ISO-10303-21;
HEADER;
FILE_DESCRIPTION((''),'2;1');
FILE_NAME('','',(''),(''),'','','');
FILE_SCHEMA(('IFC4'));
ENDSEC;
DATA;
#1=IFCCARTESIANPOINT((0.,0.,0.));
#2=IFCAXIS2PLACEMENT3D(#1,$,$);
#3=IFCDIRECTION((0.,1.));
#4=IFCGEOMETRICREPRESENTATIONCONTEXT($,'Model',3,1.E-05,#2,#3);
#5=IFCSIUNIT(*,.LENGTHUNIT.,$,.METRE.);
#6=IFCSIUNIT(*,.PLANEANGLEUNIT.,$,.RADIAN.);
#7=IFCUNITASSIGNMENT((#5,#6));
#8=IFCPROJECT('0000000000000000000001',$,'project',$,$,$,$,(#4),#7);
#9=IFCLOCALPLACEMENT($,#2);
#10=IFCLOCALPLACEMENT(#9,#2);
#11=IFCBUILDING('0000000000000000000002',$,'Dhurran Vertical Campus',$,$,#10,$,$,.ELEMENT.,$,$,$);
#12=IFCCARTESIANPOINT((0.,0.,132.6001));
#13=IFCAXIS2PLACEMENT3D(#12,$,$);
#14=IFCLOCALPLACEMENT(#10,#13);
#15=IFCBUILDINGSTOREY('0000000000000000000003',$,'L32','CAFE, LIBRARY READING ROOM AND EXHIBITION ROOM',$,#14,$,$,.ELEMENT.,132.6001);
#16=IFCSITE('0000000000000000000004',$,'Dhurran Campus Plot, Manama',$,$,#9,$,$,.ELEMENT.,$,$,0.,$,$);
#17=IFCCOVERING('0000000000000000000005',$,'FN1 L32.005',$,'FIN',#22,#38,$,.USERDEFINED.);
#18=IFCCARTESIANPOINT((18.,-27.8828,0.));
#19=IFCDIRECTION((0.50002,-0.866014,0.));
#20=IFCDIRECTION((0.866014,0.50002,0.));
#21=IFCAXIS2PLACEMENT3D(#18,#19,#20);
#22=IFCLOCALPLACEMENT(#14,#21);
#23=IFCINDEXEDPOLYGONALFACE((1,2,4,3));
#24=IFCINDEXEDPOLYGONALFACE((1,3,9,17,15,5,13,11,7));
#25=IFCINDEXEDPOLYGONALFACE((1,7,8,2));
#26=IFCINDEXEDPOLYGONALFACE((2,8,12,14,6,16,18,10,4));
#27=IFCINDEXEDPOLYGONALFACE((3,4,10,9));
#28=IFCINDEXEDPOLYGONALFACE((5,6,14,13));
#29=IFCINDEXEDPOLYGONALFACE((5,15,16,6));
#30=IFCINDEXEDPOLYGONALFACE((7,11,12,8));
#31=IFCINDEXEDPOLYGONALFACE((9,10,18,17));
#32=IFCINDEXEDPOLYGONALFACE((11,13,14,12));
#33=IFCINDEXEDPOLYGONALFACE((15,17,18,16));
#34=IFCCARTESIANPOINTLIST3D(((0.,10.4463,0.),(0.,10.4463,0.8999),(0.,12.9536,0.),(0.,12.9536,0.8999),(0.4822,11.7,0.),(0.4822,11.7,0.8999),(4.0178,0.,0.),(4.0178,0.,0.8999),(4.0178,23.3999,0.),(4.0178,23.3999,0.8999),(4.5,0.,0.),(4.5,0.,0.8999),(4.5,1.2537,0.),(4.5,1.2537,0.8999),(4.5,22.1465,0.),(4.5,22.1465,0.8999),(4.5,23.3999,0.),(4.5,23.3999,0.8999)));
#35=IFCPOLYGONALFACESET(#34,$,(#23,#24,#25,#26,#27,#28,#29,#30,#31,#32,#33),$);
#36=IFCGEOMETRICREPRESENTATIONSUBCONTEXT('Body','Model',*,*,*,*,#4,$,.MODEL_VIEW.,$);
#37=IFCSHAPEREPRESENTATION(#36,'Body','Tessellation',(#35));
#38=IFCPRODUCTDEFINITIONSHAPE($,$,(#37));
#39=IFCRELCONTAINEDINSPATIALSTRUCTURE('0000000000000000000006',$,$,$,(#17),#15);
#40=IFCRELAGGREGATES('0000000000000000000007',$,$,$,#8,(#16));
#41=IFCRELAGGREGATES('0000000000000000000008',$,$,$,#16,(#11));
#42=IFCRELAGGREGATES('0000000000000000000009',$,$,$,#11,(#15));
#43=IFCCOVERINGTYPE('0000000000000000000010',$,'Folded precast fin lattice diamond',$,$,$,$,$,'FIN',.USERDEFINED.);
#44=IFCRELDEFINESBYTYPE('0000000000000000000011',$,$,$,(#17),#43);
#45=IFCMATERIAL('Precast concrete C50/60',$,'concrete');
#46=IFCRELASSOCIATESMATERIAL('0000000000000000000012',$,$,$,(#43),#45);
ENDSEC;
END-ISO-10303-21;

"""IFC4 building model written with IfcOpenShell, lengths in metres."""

from ifc_helpers import new_model, si_unit, direction, frame, origin, place, context, subcontext, project, spatial, polyline, outline, extrude, material, type_object, element, save


model = new_model("IFC4")

# Units and contexts
model_context = context("Model", 3, precision=1e-05, world=origin(), true_north=direction((0.0, 1.0)))
body_context = subcontext(model_context, "Body", "Model", "MODEL_VIEW")
ifc_project = project(units=[si_unit("LENGTHUNIT", "METRE"), si_unit("PLANEANGLEUNIT", "RADIAN")], contexts=[model_context])

# Site, building, storey
site_placement = place(None, origin())
site = spatial("IfcSite", under=ifc_project, at=site_placement, Name="Dhurran Campus Plot, Manama", CompositionType="ELEMENT", RefElevation=0.0)
building_placement = place(site_placement, origin())
building = spatial("IfcBuilding", under=site, at=building_placement, Name="Dhurran Vertical Campus", CompositionType="ELEMENT")
storey_placement = place(building_placement, frame((0.0, 0.0, 132.6001)))
storey = spatial("IfcBuildingStorey", under=building, at=storey_placement, Name="L32", Description="CAFE, LIBRARY READING ROOM AND EXHIBITION ROOM", CompositionType="ELEMENT", Elevation=132.6001)

# Covering
ifc_material_1 = material(Name="Precast concrete C50/60", Category="concrete")
covering_type = type_object("IfcCoveringType", Name="Folded precast fin lattice diamond", ElementType="FIN", PredefinedType="USERDEFINED", material=ifc_material_1)
covering_1_placement = place(storey_placement, frame((18.0, -27.8828, 0.0), z_axis=(0.50002, -0.866014, 0.0), x_axis=(0.866014, 0.50002, 0.0)))
element("IfcCovering", 1, at=covering_1_placement, inside=storey, type_object=covering_type, Name="FN1 L32.005", ObjectType="FIN", PredefinedType="USERDEFINED", context=body_context, shape_type="SweptSolid", body=[
    extrude(outline(polyline([(4.0178, 0.0), (0.0, 10.4463), (0.0, 12.9536), (4.0178, 23.3999), (4.5, 23.3999), (4.5, 22.1465), (0.4822, 11.7), (4.5, 1.2537), (4.5, 0.0), (4.0178, 0.0)])), origin(), (0.0, 0.0, 1.0), 0.8999),
])

save(model, "model.ifc")
